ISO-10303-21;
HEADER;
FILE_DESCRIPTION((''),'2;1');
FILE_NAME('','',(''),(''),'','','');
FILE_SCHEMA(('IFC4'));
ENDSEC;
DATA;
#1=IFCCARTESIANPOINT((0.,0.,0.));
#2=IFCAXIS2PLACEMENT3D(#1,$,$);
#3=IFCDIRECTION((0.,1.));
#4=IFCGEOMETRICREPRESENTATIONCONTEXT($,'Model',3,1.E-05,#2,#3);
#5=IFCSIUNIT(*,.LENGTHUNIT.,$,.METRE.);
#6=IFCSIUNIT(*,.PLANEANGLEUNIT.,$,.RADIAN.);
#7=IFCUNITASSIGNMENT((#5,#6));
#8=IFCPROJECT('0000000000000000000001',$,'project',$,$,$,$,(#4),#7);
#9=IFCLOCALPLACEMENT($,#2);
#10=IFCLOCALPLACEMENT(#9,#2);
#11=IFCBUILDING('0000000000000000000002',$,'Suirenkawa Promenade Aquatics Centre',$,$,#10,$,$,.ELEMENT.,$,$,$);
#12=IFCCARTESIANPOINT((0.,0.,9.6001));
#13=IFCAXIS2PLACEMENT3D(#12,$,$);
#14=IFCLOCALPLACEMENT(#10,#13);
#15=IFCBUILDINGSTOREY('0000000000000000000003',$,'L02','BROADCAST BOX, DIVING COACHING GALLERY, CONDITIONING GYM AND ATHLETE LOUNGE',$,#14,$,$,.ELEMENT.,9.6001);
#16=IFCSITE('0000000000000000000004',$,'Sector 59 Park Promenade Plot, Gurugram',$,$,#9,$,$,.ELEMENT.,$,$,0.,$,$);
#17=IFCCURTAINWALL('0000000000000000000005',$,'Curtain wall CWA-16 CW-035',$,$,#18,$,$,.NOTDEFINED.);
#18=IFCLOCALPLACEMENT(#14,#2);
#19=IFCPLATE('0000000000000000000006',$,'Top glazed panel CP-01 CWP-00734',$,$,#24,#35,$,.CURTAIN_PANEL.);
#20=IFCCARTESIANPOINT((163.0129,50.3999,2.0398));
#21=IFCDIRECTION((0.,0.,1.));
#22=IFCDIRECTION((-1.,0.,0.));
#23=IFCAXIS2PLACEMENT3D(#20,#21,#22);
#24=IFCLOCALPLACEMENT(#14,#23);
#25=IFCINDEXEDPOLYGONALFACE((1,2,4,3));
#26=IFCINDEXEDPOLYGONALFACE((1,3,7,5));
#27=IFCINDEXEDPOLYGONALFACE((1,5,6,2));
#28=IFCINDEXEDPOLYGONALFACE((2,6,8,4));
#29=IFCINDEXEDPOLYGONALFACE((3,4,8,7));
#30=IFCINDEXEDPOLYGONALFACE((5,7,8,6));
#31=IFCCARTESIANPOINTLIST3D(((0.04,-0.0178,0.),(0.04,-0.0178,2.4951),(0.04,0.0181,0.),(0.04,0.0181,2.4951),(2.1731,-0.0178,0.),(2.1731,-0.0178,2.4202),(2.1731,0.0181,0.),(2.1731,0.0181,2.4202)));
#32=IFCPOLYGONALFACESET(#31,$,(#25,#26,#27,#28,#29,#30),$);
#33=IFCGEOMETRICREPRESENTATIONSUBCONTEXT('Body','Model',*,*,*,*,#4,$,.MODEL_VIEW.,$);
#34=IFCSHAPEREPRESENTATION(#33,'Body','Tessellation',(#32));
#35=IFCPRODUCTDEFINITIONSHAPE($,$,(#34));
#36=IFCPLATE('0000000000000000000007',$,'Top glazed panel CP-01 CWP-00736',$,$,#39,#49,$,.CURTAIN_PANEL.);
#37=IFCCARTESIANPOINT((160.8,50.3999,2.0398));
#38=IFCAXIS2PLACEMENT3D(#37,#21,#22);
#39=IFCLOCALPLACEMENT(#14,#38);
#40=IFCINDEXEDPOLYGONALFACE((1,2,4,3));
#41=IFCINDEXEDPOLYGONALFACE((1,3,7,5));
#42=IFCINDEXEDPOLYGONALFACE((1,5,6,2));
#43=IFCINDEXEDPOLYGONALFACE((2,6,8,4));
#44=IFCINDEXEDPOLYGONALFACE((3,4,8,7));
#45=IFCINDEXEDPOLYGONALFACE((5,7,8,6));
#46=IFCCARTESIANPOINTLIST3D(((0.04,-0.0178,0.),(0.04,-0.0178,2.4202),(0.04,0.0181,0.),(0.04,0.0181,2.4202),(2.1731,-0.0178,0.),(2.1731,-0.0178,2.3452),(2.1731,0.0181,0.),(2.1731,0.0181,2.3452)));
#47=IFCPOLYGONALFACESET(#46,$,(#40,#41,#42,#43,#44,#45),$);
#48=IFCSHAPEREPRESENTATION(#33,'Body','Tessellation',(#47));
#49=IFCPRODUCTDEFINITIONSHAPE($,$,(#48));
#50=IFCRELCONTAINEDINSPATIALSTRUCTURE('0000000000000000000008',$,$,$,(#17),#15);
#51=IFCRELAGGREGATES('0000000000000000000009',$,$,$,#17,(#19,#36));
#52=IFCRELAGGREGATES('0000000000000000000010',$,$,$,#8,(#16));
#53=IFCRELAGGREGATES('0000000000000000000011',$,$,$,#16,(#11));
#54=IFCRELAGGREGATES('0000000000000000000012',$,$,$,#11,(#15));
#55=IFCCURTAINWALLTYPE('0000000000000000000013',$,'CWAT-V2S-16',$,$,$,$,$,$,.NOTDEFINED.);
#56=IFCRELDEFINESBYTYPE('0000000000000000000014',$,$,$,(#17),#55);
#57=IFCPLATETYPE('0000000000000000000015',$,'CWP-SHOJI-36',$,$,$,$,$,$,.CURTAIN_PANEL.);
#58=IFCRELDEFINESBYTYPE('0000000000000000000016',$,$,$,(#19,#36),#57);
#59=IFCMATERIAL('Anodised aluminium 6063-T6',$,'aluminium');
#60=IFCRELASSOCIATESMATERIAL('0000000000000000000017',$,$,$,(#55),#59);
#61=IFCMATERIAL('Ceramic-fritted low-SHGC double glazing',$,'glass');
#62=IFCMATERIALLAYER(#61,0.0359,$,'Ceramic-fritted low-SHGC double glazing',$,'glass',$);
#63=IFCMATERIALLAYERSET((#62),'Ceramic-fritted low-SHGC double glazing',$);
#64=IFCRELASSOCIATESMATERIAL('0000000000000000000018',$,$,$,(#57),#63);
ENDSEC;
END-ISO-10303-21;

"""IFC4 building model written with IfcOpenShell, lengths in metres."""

from ifc_helpers import new_model, si_unit, direction, frame, origin, place, context, subcontext, project, spatial, polyline, outline, extrude, material, layer, layer_set, type_object, element, aggregate, save


model = new_model("IFC4")

# Units and contexts
model_context = context("Model", 3, precision=1e-05, world=origin(), true_north=direction((0.0, 1.0)))
body_context = subcontext(model_context, "Body", "Model", "MODEL_VIEW")
ifc_project = project(units=[si_unit("LENGTHUNIT", "METRE"), si_unit("PLANEANGLEUNIT", "RADIAN")], contexts=[model_context])

# Site, building, storey
site_placement = place(None, origin())
site = spatial("IfcSite", under=ifc_project, at=site_placement, Name="Sector 59 Park Promenade Plot, Gurugram", CompositionType="ELEMENT", RefElevation=0.0)
building_placement = place(site_placement, origin())
building = spatial("IfcBuilding", under=site, at=building_placement, Name="Suirenkawa Promenade Aquatics Centre", CompositionType="ELEMENT")
storey_placement = place(building_placement, frame((0.0, 0.0, 9.6001)))
storey = spatial("IfcBuildingStorey", under=building, at=storey_placement, Name="L02", Description="BROADCAST BOX, DIVING COACHING GALLERY, CONDITIONING GYM AND ATHLETE LOUNGE", CompositionType="ELEMENT", Elevation=9.6001)

# Curtain wall, plates
ifc_material_1 = material(Name="Anodised aluminium 6063-T6", Category="aluminium")
curtain_wall_type = type_object("IfcCurtainWallType", Name="CWAT-V2S-16", PredefinedType="NOTDEFINED", material=ifc_material_1)
curtain_wall_placement = place(storey_placement, origin())
curtain_wall = element("IfcCurtainWall", 1, at=curtain_wall_placement, inside=storey, type_object=curtain_wall_type, Name="Curtain wall CWA-16 CW-035", PredefinedType="NOTDEFINED")
ifc_material_2 = material(Name="Ceramic-fritted low-SHGC double glazing", Category="glass")
ifc_layer_1 = layer(ifc_material_2, 0.0359, Name="Ceramic-fritted low-SHGC double glazing", Category="glass")
ifc_layer_set_1 = layer_set([ifc_layer_1], Name="Ceramic-fritted low-SHGC double glazing")
plate_type = type_object("IfcPlateType", Name="CWP-SHOJI-36", PredefinedType="CURTAIN_PANEL", material=ifc_layer_set_1)
plate_1_placement = place(storey_placement, frame((163.0129, 50.3999, 2.0398), z_axis=(0.0, 0.0, 1.0), x_axis=(-1.0, 0.0, 0.0)))
plate_1 = element("IfcPlate", 2, at=plate_1_placement, type_object=plate_type, Name="Top glazed panel CP-01 CWP-00734", PredefinedType="CURTAIN_PANEL", context=body_context, shape_type="SweptSolid", body=[
    extrude(outline(polyline([(0.04, 0.0), (2.1731, 0.0), (2.1731, 2.4202), (0.04, 2.4951), (0.04, 0.0)])), frame((0.0, 0.0181, 0.0), z_axis=(0.0, -1.0, 0.0), x_axis=(1.0, 0.0, 0.0)), (0.0, 0.0, 1.0), 0.0359),
])
plate_2_placement = place(storey_placement, frame((160.8, 50.3999, 2.0398), z_axis=(0.0, 0.0, 1.0), x_axis=(-1.0, 0.0, 0.0)))
plate_2 = element("IfcPlate", 3, at=plate_2_placement, type_object=plate_type, Name="Top glazed panel CP-01 CWP-00736", PredefinedType="CURTAIN_PANEL", context=body_context, shape_type="SweptSolid", body=[
    extrude(outline(polyline([(0.04, 0.0), (2.1731, 0.0), (2.1731, 2.3452), (0.04, 2.4202), (0.04, 0.0)])), frame((0.0, 0.0181, 0.0), z_axis=(0.0, -1.0, 0.0), x_axis=(1.0, 0.0, 0.0)), (0.0, 0.0, 1.0), 0.0359),
])
aggregate(curtain_wall, [plate_1, plate_2])

save(model, "model.ifc")
